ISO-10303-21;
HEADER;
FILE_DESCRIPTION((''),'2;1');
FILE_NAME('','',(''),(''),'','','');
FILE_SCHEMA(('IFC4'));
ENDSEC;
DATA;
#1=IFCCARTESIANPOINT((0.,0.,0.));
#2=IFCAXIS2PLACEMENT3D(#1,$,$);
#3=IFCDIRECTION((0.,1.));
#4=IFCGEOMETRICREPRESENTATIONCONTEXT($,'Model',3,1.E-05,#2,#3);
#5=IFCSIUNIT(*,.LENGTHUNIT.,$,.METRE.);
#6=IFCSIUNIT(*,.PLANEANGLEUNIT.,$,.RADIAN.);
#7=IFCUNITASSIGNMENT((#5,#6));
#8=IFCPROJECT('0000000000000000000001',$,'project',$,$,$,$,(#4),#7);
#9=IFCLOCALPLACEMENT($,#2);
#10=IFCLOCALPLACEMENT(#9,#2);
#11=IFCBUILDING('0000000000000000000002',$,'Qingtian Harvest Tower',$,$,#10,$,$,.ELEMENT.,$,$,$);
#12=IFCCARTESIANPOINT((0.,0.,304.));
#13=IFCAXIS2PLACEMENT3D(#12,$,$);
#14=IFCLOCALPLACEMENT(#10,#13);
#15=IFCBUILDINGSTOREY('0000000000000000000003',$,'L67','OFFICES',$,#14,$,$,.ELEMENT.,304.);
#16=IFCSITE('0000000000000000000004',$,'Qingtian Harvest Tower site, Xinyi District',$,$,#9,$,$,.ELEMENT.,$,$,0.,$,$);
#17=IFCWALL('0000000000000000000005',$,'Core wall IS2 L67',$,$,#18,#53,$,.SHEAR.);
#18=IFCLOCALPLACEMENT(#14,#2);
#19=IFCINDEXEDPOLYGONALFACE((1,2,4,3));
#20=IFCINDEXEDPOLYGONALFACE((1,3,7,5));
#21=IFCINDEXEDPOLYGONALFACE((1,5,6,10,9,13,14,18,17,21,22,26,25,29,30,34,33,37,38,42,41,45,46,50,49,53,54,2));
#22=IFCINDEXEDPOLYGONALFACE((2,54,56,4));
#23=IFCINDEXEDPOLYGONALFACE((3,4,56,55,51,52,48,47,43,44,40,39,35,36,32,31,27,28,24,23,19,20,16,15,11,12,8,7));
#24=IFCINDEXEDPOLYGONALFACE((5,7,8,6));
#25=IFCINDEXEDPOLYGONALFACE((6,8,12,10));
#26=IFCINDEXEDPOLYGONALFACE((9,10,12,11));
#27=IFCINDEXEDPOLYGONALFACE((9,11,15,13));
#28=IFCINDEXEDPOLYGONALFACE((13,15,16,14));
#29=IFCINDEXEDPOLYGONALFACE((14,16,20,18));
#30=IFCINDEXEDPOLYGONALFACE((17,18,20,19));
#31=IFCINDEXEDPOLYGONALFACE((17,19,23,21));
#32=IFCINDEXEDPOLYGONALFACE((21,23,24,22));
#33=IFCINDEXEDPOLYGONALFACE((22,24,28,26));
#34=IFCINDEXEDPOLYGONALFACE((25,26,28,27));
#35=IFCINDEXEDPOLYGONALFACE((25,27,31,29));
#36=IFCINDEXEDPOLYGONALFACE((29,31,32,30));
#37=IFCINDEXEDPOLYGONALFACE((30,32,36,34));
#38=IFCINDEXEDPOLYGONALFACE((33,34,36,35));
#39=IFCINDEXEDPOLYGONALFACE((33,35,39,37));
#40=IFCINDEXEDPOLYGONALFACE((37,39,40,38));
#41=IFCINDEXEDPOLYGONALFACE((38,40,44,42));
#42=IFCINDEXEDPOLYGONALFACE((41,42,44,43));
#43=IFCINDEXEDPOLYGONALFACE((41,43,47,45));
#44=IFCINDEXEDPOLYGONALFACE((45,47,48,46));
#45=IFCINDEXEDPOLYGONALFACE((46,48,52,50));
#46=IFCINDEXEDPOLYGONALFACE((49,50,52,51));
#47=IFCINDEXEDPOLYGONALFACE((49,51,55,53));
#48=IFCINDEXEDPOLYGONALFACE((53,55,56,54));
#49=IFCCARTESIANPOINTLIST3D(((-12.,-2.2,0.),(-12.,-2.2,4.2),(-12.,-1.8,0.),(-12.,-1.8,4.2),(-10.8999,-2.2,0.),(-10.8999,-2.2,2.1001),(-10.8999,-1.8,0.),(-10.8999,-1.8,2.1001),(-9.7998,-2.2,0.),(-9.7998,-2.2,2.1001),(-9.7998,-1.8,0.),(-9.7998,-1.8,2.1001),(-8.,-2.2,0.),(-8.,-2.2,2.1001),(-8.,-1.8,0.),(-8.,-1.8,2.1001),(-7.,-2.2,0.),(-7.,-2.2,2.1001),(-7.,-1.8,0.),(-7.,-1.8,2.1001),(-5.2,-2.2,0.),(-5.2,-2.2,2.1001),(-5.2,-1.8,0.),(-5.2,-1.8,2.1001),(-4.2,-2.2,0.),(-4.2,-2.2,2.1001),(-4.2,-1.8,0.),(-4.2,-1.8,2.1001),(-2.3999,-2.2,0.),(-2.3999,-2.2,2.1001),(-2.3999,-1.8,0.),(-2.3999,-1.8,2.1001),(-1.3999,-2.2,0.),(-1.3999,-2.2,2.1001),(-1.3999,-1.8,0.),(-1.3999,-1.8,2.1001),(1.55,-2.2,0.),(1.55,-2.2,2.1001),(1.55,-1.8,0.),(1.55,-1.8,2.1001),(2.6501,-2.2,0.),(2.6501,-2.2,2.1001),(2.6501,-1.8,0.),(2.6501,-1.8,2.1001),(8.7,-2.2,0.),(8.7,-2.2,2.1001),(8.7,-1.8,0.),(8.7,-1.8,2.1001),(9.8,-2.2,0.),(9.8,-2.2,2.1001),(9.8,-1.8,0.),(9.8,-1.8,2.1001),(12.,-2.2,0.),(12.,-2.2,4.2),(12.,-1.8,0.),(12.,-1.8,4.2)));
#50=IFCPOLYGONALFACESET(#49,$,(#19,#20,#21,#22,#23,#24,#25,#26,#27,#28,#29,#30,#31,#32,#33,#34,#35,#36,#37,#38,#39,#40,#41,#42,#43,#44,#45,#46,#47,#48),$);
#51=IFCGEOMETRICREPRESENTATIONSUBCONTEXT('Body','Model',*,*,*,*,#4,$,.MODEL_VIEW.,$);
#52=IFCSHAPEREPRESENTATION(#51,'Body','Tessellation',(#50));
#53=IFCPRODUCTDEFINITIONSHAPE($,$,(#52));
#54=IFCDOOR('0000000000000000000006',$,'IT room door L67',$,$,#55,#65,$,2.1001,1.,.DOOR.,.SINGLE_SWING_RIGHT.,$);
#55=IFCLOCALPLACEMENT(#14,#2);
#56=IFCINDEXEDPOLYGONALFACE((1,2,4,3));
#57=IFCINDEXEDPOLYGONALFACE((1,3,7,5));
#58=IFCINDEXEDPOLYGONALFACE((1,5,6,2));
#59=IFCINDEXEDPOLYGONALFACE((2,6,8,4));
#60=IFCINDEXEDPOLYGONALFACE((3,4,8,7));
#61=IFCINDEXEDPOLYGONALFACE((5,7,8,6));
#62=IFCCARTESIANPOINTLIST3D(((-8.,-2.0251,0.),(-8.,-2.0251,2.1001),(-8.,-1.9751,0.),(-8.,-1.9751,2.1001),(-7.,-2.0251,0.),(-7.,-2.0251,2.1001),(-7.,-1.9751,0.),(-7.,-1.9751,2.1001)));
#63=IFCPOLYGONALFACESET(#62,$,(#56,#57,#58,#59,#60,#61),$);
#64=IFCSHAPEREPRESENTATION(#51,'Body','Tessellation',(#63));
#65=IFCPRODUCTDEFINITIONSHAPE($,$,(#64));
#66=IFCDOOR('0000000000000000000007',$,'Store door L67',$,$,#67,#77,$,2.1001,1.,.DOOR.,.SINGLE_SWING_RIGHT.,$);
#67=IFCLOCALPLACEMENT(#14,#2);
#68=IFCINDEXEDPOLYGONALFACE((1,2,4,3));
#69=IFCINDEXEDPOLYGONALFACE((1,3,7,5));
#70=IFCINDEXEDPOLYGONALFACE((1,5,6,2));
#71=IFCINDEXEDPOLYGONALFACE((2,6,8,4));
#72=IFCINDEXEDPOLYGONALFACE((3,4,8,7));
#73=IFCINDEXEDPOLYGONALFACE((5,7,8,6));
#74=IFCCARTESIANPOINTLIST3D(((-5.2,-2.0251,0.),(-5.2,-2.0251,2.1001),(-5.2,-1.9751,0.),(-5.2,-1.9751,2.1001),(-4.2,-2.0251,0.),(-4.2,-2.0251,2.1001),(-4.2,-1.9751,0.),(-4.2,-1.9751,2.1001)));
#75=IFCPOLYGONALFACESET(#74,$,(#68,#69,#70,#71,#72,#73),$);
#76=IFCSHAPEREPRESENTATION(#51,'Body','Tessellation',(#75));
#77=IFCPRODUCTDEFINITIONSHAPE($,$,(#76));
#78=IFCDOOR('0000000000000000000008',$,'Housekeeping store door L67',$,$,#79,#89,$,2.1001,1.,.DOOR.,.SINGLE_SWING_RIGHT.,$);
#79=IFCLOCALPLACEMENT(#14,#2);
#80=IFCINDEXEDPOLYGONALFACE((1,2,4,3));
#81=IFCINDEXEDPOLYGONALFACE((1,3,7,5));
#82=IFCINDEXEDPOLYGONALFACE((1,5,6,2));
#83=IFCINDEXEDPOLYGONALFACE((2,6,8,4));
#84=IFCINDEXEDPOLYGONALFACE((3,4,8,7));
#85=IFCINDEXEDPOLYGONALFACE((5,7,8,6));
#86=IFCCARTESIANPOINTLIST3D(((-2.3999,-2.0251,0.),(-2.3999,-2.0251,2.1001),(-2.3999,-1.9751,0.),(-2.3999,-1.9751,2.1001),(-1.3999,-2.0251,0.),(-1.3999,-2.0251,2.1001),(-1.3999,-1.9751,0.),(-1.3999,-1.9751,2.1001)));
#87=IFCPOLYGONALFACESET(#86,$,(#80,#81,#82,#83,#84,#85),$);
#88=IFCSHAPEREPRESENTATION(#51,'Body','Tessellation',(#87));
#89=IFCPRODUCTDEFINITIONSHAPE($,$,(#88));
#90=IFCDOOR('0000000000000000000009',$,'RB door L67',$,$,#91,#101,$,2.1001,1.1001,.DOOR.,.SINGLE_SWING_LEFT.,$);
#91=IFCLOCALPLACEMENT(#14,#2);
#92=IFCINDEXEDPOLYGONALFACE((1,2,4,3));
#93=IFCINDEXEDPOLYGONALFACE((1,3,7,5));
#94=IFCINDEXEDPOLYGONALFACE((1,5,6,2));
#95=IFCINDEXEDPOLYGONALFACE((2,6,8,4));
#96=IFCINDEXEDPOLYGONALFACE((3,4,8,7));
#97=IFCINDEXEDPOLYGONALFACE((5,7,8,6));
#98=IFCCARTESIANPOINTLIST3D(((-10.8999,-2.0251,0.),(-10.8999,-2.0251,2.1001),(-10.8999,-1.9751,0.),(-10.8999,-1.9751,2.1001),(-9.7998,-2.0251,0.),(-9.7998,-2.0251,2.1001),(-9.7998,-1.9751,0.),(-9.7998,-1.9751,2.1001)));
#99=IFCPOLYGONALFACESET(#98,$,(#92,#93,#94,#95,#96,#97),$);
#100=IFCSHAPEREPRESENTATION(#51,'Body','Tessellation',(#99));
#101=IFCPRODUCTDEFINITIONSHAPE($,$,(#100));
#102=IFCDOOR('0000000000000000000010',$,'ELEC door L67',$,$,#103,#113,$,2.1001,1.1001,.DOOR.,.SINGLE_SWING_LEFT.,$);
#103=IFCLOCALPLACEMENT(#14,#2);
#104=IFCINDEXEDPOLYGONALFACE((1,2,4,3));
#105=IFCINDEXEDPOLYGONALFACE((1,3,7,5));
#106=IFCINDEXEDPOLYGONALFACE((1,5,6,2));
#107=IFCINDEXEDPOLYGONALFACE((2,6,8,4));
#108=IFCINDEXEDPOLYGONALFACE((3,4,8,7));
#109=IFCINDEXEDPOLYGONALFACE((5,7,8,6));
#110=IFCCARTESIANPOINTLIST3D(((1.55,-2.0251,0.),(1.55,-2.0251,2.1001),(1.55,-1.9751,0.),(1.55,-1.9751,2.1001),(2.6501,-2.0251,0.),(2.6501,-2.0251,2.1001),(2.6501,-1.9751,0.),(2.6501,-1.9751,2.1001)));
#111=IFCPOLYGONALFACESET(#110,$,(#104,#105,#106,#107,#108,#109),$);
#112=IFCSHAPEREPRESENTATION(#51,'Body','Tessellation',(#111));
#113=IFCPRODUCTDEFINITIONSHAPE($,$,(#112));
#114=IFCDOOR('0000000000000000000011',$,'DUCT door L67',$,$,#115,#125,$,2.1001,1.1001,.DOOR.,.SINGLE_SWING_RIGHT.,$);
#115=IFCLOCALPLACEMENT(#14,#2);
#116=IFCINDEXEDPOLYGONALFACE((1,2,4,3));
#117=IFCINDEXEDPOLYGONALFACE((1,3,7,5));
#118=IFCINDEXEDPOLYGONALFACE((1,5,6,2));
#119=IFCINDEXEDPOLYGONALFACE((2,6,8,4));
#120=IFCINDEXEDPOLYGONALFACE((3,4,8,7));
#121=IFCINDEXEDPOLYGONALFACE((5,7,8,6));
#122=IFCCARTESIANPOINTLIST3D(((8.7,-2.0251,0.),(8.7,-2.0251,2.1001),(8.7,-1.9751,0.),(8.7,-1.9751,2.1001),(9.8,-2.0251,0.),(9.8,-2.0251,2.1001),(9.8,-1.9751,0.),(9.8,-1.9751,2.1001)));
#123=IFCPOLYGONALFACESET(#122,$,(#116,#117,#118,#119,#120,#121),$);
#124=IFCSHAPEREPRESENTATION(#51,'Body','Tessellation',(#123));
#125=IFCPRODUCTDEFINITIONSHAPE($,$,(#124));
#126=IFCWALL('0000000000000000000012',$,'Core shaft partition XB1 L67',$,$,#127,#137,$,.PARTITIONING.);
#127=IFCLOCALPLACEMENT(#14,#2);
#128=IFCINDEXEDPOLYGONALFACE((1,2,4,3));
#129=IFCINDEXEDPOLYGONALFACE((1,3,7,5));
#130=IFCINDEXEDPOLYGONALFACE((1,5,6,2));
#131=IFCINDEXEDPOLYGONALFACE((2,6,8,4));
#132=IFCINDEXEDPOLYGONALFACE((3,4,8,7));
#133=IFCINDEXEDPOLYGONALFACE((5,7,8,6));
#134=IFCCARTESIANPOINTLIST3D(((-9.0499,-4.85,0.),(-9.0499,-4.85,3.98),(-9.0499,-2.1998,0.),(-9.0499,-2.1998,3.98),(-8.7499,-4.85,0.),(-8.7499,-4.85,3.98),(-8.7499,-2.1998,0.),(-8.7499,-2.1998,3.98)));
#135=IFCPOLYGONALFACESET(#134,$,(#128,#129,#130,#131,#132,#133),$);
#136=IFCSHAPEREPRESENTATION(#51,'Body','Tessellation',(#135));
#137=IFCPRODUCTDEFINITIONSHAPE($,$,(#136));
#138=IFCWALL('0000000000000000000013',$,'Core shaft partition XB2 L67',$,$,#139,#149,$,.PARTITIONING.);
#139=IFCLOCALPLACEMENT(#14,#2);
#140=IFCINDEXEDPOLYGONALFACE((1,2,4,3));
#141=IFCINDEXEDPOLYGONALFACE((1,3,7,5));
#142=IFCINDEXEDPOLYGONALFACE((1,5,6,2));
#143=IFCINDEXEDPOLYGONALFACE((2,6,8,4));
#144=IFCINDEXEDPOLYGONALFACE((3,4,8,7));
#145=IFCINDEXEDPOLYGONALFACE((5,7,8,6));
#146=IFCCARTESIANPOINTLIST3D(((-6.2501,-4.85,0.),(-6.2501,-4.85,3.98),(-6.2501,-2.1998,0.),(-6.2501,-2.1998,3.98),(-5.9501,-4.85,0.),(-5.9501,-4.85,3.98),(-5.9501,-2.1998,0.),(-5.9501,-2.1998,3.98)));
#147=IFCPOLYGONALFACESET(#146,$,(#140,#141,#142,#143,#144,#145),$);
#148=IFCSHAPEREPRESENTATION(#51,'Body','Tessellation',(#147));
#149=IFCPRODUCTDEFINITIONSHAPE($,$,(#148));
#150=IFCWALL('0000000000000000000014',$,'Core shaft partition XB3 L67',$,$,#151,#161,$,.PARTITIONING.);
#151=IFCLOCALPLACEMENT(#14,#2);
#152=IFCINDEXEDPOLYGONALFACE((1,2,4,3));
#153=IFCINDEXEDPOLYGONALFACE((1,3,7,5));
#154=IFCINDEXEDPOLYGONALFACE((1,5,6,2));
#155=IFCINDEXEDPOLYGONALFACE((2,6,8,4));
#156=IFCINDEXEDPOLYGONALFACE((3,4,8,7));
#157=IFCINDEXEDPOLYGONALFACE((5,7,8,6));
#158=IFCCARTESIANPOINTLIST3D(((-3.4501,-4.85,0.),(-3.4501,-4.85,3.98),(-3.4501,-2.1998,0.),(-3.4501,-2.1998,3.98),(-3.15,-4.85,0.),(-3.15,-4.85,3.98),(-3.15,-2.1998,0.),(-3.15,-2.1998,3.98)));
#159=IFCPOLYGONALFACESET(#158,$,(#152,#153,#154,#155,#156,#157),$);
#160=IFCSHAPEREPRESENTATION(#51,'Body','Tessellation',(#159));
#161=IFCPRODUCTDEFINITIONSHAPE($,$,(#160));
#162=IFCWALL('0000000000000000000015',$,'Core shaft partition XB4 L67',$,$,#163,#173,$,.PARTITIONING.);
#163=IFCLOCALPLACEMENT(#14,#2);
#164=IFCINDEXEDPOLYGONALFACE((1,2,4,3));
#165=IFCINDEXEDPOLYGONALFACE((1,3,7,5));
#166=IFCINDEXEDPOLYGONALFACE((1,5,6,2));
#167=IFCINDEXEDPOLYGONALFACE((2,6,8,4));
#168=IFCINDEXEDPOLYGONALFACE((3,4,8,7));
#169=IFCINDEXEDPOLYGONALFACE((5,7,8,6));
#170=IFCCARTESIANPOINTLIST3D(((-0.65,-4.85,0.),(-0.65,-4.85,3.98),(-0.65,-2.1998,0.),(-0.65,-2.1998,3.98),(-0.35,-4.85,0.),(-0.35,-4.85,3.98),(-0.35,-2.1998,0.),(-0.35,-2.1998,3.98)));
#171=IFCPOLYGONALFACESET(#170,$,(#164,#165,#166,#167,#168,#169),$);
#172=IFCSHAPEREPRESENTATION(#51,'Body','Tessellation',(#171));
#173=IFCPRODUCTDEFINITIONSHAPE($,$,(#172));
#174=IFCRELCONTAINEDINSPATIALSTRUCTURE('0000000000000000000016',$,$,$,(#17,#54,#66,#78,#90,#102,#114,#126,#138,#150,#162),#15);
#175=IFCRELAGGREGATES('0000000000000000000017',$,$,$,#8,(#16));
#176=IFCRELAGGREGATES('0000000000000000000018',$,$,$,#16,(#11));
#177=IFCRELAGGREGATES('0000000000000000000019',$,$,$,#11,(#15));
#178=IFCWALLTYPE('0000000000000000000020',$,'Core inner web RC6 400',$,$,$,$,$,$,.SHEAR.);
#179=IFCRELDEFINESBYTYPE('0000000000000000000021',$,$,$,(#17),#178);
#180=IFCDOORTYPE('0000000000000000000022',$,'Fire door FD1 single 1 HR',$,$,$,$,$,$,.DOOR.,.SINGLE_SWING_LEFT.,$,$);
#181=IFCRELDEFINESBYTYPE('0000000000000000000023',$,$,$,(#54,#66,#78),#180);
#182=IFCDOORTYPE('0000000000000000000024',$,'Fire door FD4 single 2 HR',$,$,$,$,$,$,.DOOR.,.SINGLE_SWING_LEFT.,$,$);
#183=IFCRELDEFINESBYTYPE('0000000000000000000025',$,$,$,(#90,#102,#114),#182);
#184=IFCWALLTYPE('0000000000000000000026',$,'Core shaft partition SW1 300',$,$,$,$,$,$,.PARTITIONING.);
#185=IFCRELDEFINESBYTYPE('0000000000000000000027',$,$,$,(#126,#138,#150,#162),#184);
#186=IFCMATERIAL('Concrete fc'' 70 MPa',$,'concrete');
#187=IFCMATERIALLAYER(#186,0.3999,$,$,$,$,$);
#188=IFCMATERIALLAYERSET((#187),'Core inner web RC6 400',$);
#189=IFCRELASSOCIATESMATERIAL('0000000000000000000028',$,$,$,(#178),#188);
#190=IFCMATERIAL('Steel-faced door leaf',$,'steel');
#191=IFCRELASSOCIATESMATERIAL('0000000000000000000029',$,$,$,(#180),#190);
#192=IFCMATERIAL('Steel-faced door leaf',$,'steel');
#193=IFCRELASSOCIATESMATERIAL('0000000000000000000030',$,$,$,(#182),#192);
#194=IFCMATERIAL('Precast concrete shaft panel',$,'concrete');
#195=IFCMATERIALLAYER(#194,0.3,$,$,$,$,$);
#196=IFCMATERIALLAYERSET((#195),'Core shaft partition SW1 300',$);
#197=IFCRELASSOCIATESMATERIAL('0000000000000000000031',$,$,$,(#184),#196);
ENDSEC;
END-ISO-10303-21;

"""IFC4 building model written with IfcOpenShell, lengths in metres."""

from ifc_helpers import new_model, si_unit, direction, frame, frame_2d, origin, place, context, subcontext, project, spatial, rectangle, extrude, material, layer, layer_set, type_object, element, fill, save


model = new_model("IFC4")

# Units and contexts
model_context = context("Model", 3, precision=1e-05, world=origin(), true_north=direction((0.0, 1.0)))
body_context = subcontext(model_context, "Body", "Model", "MODEL_VIEW")
ifc_project = project(units=[si_unit("LENGTHUNIT", "METRE"), si_unit("PLANEANGLEUNIT", "RADIAN")], contexts=[model_context])

# Site, building, storey
site_placement = place(None, origin())
site = spatial("IfcSite", under=ifc_project, at=site_placement, Name="Qingtian Harvest Tower site, Xinyi District", CompositionType="ELEMENT", RefElevation=0.0)
building_placement = place(site_placement, origin())
building = spatial("IfcBuilding", under=site, at=building_placement, Name="Qingtian Harvest Tower", CompositionType="ELEMENT")
storey_placement = place(building_placement, frame((0.0, 0.0, 304.0)))
storey = spatial("IfcBuildingStorey", under=building, at=storey_placement, Name="L67", Description="OFFICES", CompositionType="ELEMENT", Elevation=304.0)

# Wall, openings, doors
ifc_material_1 = material(Name="Concrete fc' 70 MPa", Category="concrete")
ifc_layer_1 = layer(ifc_material_1, 0.3999)
ifc_layer_set_1 = layer_set([ifc_layer_1], Name="Core inner web RC6 400")
wall_type_1 = type_object("IfcWallType", Name="Core inner web RC6 400", PredefinedType="SHEAR", material=ifc_layer_set_1)
wall_1_placement = place(storey_placement, frame((-12.0, -2.0, 0.0), z_axis=(0.0, 0.0, 1.0), x_axis=(1.0, 0.0, 0.0)))
wall_1 = element("IfcWall", 1, at=wall_1_placement, inside=storey, type_object=wall_type_1, Name="Core wall IS2 L67", PredefinedType="SHEAR", context=body_context, shape_type="SweptSolid", body=[
    extrude(rectangle(XDim=24.0, YDim=0.3999, at=frame_2d((12.0, 0.0))), origin(), (0.0, 0.0, 1.0), 4.2),
])
opening_1_placement = place(wall_1_placement, frame((1.1001, 0.0, 0.0)))
opening_1 = element("IfcOpeningElement", 2, at=opening_1_placement, cuts=wall_1, PredefinedType="OPENING", context=body_context, shape_type="SweptSolid", body=[
    extrude(rectangle(XDim=1.1001, YDim=2.1001, at=frame_2d((0.55, 1.05))), frame((0.0, 0.21, 0.0), z_axis=(0.0, -1.0, 0.0), x_axis=(1.0, 0.0, 0.0)), (0.0, 0.0, 1.0), 0.4199),
])
opening_2_placement = place(wall_1_placement, frame((13.55, 0.0, 0.0)))
opening_2 = element("IfcOpeningElement", 3, at=opening_2_placement, cuts=wall_1, PredefinedType="OPENING", context=body_context, shape_type="SweptSolid", body=[
    extrude(rectangle(XDim=1.1001, YDim=2.1001, at=frame_2d((0.55, 1.05))), frame((0.0, 0.21, 0.0), z_axis=(0.0, -1.0, 0.0), x_axis=(1.0, 0.0, 0.0)), (0.0, 0.0, 1.0), 0.4199),
])
opening_3_placement = place(wall_1_placement, frame((20.7, 0.0, 0.0)))
opening_3 = element("IfcOpeningElement", 4, at=opening_3_placement, cuts=wall_1, PredefinedType="OPENING", context=body_context, shape_type="SweptSolid", body=[
    extrude(rectangle(XDim=1.1001, YDim=2.1001, at=frame_2d((0.55, 1.05))), frame((0.0, 0.21, 0.0), z_axis=(0.0, -1.0, 0.0), x_axis=(1.0, 0.0, 0.0)), (0.0, 0.0, 1.0), 0.4199),
])
opening_4_placement = place(wall_1_placement, frame((4.0, 0.0, 0.0)))
opening_4 = element("IfcOpeningElement", 5, at=opening_4_placement, cuts=wall_1, PredefinedType="OPENING", context=body_context, shape_type="SweptSolid", body=[
    extrude(rectangle(XDim=1.0, YDim=2.1001, at=frame_2d((0.5, 1.05))), frame((0.0, 0.21, 0.0), z_axis=(0.0, -1.0, 0.0), x_axis=(1.0, 0.0, 0.0)), (0.0, 0.0, 1.0), 0.4199),
])
opening_5_placement = place(wall_1_placement, frame((6.8, 0.0, 0.0)))
opening_5 = element("IfcOpeningElement", 6, at=opening_5_placement, cuts=wall_1, PredefinedType="OPENING", context=body_context, shape_type="SweptSolid", body=[
    extrude(rectangle(XDim=1.0, YDim=2.1001, at=frame_2d((0.5, 1.05))), frame((0.0, 0.21, 0.0), z_axis=(0.0, -1.0, 0.0), x_axis=(1.0, 0.0, 0.0)), (0.0, 0.0, 1.0), 0.4199),
])
opening_6_placement = place(wall_1_placement, frame((9.6001, 0.0, 0.0)))
opening_6 = element("IfcOpeningElement", 7, at=opening_6_placement, cuts=wall_1, PredefinedType="OPENING", context=body_context, shape_type="SweptSolid", body=[
    extrude(rectangle(XDim=1.0, YDim=2.1001, at=frame_2d((0.5, 1.05))), frame((0.0, 0.21, 0.0), z_axis=(0.0, -1.0, 0.0), x_axis=(1.0, 0.0, 0.0)), (0.0, 0.0, 1.0), 0.4199),
])
ifc_material_2 = material(Name="Steel-faced door leaf", Category="steel")
door_type_1 = type_object("IfcDoorType", Name="Fire door FD1 single 1 HR", OperationType="SINGLE_SWING_LEFT", PredefinedType="DOOR", material=ifc_material_2)
door_1_placement = place(opening_4_placement, origin())
door_1 = element("IfcDoor", 8, at=door_1_placement, inside=storey, type_object=door_type_1, Name="IT room door L67", OperationType="SINGLE_SWING_RIGHT", OverallHeight=2.1001, OverallWidth=1.0, PredefinedType="DOOR", context=body_context, shape_type="SweptSolid", body=[
    extrude(rectangle(XDim=1.0, YDim=2.1001, at=frame_2d((0.5, 1.05))), frame((0.0, 0.0249, 0.0), z_axis=(0.0, -1.0, 0.0), x_axis=(1.0, 0.0, 0.0)), (0.0, 0.0, 1.0), 0.05),
])
fill(opening_4, door_1)
door_2_placement = place(opening_5_placement, origin())
door_2 = element("IfcDoor", 9, at=door_2_placement, inside=storey, type_object=door_type_1, Name="Store door L67", OperationType="SINGLE_SWING_RIGHT", OverallHeight=2.1001, OverallWidth=1.0, PredefinedType="DOOR", context=body_context, shape_type="SweptSolid", body=[
    extrude(rectangle(XDim=1.0, YDim=2.1001, at=frame_2d((0.5, 1.05))), frame((0.0, 0.0249, 0.0), z_axis=(0.0, -1.0, 0.0), x_axis=(1.0, 0.0, 0.0)), (0.0, 0.0, 1.0), 0.05),
])
fill(opening_5, door_2)
door_3_placement = place(opening_6_placement, origin())
door_3 = element("IfcDoor", 10, at=door_3_placement, inside=storey, type_object=door_type_1, Name="Housekeeping store door L67", OperationType="SINGLE_SWING_RIGHT", OverallHeight=2.1001, OverallWidth=1.0, PredefinedType="DOOR", context=body_context, shape_type="SweptSolid", body=[
    extrude(rectangle(XDim=1.0, YDim=2.1001, at=frame_2d((0.5, 1.05))), frame((0.0, 0.0249, 0.0), z_axis=(0.0, -1.0, 0.0), x_axis=(1.0, 0.0, 0.0)), (0.0, 0.0, 1.0), 0.05),
])
fill(opening_6, door_3)
ifc_material_3 = material(Name="Steel-faced door leaf", Category="steel")
door_type_2 = type_object("IfcDoorType", Name="Fire door FD4 single 2 HR", OperationType="SINGLE_SWING_LEFT", PredefinedType="DOOR", material=ifc_material_3)
door_4_placement = place(opening_1_placement, origin())
door_4 = element("IfcDoor", 11, at=door_4_placement, inside=storey, type_object=door_type_2, Name="RB door L67", OperationType="SINGLE_SWING_LEFT", OverallHeight=2.1001, OverallWidth=1.1001, PredefinedType="DOOR", context=body_context, shape_type="SweptSolid", body=[
    extrude(rectangle(XDim=1.1001, YDim=2.1001, at=frame_2d((0.55, 1.05))), frame((0.0, 0.0249, 0.0), z_axis=(0.0, -1.0, 0.0), x_axis=(1.0, 0.0, 0.0)), (0.0, 0.0, 1.0), 0.05),
])
fill(opening_1, door_4)
door_5_placement = place(opening_2_placement, origin())
door_5 = element("IfcDoor", 12, at=door_5_placement, inside=storey, type_object=door_type_2, Name="ELEC door L67", OperationType="SINGLE_SWING_LEFT", OverallHeight=2.1001, OverallWidth=1.1001, PredefinedType="DOOR", context=body_context, shape_type="SweptSolid", body=[
    extrude(rectangle(XDim=1.1001, YDim=2.1001, at=frame_2d((0.55, 1.05))), frame((0.0, 0.0249, 0.0), z_axis=(0.0, -1.0, 0.0), x_axis=(1.0, 0.0, 0.0)), (0.0, 0.0, 1.0), 0.05),
])
fill(opening_2, door_5)
door_6_placement = place(opening_3_placement, origin())
door_6 = element("IfcDoor", 13, at=door_6_placement, inside=storey, type_object=door_type_2, Name="DUCT door L67", OperationType="SINGLE_SWING_RIGHT", OverallHeight=2.1001, OverallWidth=1.1001, PredefinedType="DOOR", context=body_context, shape_type="SweptSolid", body=[
    extrude(rectangle(XDim=1.1001, YDim=2.1001, at=frame_2d((0.55, 1.05))), frame((0.0, 0.0249, 0.0), z_axis=(0.0, -1.0, 0.0), x_axis=(1.0, 0.0, 0.0)), (0.0, 0.0, 1.0), 0.05),
])
fill(opening_3, door_6)

# Walls
ifc_material_4 = material(Name="Precast concrete shaft panel", Category="concrete")
ifc_layer_2 = layer(ifc_material_4, 0.3)
ifc_layer_set_2 = layer_set([ifc_layer_2], Name="Core shaft partition SW1 300")
wall_type_2 = type_object("IfcWallType", Name="Core shaft partition SW1 300", PredefinedType="PARTITIONING", material=ifc_layer_set_2)
for number, where, z_axis, x_axis, name in (
    (14, (-8.8999, -4.8501, 0.0), (0.0, 0.0, 1.0), (0.0, 1.0, 0.0), "Core shaft partition XB1 L67"),
    (15, (-6.1001, -4.8501, 0.0), (0.0, 0.0, 1.0), (0.0, 1.0, 0.0), "Core shaft partition XB2 L67"),
    (16, (-3.3, -4.8501, 0.0), (0.0, 0.0, 1.0), (0.0, 1.0, 0.0), "Core shaft partition XB3 L67"),
    (17, (-0.5, -4.8501, 0.0), (0.0, 0.0, 1.0), (0.0, 1.0, 0.0), "Core shaft partition XB4 L67"),
):
    element("IfcWall", number, at=place(storey_placement, frame(where, z_axis=z_axis, x_axis=x_axis)), inside=storey, type_object=wall_type_2, Name=name, PredefinedType="PARTITIONING", context=body_context, shape_type="SweptSolid", body=[
        extrude(rectangle(XDim=2.6501, YDim=0.3, at=frame_2d((1.3252, 0.0))), origin(), (0.0, 0.0, 1.0), 3.98),
    ])

save(model, "model.ifc")
